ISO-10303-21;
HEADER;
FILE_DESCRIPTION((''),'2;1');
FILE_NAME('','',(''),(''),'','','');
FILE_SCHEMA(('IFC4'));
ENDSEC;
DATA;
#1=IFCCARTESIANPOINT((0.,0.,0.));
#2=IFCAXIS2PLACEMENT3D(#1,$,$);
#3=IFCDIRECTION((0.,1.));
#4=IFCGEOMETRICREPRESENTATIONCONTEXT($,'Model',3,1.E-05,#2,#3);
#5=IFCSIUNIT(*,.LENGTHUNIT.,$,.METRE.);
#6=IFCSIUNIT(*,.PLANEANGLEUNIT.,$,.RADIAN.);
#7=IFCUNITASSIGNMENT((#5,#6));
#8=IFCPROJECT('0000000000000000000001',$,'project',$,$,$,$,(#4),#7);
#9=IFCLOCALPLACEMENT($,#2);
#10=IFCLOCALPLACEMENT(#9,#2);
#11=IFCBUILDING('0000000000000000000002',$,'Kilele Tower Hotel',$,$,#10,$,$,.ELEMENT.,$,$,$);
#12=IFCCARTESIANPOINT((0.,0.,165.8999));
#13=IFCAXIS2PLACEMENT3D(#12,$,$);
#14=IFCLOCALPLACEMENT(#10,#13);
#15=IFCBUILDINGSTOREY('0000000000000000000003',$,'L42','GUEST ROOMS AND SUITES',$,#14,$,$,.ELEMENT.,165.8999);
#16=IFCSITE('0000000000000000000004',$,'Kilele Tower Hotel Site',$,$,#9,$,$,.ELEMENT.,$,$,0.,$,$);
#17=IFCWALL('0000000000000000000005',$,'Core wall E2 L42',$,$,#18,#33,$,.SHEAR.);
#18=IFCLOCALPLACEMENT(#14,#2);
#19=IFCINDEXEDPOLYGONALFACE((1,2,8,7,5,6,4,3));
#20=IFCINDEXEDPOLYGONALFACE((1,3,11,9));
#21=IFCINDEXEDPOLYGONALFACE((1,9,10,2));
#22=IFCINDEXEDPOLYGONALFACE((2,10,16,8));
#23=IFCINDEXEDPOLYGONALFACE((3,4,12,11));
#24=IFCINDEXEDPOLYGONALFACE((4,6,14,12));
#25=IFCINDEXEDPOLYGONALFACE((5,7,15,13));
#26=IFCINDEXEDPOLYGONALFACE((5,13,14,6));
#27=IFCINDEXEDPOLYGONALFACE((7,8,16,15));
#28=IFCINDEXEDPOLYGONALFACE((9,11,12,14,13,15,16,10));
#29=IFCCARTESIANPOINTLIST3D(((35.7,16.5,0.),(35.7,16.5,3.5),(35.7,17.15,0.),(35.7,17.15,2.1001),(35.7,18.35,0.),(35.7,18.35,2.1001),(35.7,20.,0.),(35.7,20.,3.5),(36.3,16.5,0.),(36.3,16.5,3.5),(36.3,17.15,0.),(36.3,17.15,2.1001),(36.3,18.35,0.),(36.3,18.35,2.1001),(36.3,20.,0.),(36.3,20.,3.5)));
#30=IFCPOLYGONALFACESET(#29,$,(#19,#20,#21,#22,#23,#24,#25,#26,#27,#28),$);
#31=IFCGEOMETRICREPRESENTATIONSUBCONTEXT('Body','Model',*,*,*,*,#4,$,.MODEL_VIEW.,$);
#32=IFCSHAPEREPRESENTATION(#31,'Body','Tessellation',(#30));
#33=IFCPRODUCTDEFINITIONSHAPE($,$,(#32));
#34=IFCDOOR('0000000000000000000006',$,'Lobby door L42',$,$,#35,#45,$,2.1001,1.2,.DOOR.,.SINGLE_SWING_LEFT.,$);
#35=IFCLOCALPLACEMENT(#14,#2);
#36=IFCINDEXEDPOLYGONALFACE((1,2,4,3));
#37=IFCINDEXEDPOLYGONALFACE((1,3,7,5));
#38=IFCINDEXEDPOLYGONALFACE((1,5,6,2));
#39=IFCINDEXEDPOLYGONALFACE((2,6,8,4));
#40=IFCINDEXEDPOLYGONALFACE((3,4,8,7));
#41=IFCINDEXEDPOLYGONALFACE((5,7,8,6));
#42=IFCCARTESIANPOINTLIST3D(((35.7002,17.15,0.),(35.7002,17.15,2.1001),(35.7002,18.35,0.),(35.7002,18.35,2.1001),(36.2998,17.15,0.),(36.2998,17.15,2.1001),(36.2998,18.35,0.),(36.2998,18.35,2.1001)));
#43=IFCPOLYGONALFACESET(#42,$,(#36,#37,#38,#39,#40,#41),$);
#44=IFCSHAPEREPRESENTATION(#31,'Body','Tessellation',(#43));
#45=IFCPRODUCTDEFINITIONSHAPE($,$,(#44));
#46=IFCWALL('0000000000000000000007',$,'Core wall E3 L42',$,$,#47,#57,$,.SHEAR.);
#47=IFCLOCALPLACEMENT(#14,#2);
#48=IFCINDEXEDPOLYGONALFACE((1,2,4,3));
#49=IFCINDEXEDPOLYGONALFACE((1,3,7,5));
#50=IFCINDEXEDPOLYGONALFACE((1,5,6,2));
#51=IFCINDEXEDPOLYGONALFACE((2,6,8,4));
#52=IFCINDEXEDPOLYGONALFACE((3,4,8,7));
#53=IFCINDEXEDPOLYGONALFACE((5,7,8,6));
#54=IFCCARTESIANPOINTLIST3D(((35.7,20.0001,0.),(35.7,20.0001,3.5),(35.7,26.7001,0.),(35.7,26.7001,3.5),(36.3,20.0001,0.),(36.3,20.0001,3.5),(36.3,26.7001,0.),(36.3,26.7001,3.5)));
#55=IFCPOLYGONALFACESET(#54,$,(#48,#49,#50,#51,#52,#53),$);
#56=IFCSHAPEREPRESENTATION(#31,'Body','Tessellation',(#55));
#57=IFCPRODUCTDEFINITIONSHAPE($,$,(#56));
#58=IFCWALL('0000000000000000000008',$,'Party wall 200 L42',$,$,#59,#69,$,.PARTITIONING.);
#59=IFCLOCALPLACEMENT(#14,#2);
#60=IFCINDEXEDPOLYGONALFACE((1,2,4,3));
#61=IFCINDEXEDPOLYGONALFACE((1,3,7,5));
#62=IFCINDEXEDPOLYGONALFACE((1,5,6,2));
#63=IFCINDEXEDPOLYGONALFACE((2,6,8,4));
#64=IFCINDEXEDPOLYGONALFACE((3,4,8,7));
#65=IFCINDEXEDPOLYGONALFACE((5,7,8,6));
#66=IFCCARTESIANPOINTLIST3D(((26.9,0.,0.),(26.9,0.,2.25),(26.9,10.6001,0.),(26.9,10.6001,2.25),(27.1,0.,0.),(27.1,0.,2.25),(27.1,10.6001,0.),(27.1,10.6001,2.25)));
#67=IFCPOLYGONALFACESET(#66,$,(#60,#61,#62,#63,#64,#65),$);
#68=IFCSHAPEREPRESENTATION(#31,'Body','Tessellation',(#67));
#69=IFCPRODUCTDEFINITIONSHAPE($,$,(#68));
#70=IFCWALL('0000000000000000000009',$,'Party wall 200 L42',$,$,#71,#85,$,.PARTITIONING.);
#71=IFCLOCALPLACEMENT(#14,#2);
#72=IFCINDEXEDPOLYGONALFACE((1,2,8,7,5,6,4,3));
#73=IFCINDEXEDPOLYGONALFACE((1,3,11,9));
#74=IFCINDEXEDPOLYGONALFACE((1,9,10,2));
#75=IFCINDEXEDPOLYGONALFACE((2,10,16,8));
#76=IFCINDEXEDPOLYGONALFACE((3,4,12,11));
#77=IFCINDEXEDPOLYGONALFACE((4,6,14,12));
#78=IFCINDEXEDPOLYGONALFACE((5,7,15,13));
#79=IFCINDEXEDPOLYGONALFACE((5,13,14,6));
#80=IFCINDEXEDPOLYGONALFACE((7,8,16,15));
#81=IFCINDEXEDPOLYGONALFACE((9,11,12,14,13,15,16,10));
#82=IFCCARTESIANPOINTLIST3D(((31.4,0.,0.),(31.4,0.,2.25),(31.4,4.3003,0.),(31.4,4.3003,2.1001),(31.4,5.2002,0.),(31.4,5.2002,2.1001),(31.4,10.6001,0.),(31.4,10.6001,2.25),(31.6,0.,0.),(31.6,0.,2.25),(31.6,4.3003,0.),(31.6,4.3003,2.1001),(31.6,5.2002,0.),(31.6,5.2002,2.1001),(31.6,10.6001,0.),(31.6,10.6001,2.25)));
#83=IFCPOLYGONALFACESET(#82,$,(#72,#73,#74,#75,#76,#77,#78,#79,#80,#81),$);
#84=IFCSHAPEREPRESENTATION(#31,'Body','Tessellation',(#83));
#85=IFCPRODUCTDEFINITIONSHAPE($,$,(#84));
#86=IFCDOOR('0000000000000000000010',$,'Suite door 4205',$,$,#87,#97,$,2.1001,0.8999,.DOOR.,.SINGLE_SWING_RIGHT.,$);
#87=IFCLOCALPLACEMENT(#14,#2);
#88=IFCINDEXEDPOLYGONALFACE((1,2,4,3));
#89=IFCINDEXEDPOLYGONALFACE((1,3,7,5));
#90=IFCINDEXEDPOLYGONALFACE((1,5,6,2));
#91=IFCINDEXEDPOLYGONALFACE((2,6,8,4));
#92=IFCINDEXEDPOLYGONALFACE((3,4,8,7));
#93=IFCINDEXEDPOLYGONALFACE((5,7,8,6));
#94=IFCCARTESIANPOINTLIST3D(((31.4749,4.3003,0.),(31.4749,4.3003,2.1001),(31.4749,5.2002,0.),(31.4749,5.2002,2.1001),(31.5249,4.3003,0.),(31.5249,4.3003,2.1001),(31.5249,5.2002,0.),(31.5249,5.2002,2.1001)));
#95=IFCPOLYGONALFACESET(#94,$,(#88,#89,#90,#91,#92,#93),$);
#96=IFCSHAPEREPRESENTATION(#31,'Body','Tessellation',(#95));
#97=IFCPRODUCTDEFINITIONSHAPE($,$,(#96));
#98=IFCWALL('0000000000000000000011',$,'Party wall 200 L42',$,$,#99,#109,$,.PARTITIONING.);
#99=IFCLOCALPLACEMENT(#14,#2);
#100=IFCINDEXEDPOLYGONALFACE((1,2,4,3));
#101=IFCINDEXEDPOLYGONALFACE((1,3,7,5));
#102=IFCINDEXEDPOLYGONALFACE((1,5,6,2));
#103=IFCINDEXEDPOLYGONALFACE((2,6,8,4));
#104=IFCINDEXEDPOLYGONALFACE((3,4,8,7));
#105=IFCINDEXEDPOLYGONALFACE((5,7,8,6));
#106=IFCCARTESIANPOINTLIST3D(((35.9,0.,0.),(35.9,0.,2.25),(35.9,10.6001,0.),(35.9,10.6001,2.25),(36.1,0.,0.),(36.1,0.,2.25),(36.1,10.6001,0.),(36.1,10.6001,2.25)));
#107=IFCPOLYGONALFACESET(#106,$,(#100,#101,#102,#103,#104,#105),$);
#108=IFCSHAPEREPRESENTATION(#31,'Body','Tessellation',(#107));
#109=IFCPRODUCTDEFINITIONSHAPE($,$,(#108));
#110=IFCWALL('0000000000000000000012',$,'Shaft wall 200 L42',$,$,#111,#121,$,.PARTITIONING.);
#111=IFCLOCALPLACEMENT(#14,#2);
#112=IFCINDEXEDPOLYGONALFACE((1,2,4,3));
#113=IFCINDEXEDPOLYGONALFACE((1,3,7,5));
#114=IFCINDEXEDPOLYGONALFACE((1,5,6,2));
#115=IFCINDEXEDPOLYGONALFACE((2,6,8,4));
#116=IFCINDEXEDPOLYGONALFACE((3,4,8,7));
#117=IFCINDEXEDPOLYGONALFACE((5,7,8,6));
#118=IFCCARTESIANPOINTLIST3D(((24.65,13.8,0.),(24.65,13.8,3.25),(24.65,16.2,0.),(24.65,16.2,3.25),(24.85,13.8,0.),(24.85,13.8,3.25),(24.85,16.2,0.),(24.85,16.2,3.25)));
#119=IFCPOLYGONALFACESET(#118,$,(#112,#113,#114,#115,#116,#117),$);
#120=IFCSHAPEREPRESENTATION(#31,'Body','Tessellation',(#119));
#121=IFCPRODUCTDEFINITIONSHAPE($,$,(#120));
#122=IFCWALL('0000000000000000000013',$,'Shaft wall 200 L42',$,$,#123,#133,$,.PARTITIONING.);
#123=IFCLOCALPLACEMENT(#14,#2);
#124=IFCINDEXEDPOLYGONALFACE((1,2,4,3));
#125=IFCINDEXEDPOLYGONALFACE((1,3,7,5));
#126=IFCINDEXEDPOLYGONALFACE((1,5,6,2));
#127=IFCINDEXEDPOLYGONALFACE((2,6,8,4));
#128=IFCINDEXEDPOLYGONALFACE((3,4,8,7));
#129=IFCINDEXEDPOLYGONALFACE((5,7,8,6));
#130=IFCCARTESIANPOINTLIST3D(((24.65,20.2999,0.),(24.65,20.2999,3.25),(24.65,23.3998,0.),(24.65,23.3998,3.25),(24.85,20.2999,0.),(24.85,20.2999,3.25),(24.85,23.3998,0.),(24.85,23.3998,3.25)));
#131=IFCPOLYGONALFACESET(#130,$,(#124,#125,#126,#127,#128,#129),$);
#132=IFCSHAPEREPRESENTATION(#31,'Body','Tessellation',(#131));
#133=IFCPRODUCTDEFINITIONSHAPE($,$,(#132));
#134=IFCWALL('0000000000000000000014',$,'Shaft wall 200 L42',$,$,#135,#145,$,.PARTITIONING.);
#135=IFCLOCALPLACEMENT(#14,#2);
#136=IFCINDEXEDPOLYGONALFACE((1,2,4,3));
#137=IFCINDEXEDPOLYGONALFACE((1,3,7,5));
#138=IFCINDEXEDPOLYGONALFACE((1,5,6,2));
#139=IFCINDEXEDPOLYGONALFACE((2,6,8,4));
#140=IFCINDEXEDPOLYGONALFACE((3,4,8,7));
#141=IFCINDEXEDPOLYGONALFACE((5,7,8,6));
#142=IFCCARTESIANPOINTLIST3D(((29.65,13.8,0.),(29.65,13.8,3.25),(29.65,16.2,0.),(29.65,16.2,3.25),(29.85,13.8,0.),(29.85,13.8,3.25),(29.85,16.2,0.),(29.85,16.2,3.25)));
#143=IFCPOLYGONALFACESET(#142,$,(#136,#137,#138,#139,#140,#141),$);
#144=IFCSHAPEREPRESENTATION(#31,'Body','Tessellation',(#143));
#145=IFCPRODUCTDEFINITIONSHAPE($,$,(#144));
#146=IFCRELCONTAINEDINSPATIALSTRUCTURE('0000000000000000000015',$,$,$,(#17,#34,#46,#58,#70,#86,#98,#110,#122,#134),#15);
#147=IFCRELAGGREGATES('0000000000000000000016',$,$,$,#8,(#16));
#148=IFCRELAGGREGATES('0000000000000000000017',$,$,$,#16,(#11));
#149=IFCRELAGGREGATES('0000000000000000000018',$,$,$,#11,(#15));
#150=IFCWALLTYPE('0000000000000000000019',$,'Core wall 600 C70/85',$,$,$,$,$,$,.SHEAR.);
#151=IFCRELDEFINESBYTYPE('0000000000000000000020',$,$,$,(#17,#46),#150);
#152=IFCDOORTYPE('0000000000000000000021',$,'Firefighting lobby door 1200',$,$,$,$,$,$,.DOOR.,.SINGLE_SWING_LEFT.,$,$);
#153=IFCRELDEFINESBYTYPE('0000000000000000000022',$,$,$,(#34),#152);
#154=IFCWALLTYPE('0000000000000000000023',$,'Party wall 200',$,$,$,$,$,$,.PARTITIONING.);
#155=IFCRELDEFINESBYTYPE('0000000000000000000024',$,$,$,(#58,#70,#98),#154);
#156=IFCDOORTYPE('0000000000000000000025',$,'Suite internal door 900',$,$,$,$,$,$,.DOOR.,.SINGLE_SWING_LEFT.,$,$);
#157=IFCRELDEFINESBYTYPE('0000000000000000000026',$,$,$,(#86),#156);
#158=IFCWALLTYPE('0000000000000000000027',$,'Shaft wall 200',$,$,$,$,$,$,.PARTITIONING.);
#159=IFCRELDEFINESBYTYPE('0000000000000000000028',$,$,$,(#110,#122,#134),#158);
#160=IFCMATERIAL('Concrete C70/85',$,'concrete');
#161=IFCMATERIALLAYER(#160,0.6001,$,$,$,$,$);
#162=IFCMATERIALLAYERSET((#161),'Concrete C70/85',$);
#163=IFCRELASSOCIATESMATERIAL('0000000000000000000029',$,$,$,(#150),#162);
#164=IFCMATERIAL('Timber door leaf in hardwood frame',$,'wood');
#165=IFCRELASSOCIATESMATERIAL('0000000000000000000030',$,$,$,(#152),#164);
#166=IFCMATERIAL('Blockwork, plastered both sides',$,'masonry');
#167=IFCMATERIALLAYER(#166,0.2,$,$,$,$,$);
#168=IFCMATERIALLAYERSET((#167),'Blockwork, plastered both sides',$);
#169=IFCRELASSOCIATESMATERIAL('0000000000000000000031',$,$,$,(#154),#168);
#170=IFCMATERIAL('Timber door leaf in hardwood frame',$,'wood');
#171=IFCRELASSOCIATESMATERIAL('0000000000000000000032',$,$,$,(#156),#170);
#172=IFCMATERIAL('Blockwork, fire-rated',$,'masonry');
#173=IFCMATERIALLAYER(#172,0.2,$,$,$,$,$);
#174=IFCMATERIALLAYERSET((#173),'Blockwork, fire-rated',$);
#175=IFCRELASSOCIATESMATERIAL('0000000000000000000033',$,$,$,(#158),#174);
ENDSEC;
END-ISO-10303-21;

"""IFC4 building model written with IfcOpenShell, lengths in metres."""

from ifc_helpers import new_model, si_unit, direction, frame, frame_2d, origin, place, context, subcontext, project, spatial, rectangle, extrude, material, layer, layer_set, type_object, element, fill, save


model = new_model("IFC4")

# Units and contexts
model_context = context("Model", 3, precision=1e-05, world=origin(), true_north=direction((0.0, 1.0)))
body_context = subcontext(model_context, "Body", "Model", "MODEL_VIEW")
ifc_project = project(units=[si_unit("LENGTHUNIT", "METRE"), si_unit("PLANEANGLEUNIT", "RADIAN")], contexts=[model_context])

# Site, building, storey
site_placement = place(None, origin())
site = spatial("IfcSite", under=ifc_project, at=site_placement, Name="Kilele Tower Hotel Site", CompositionType="ELEMENT", RefElevation=0.0)
building_placement = place(site_placement, origin())
building = spatial("IfcBuilding", under=site, at=building_placement, Name="Kilele Tower Hotel", CompositionType="ELEMENT")
storey_placement = place(building_placement, frame((0.0, 0.0, 165.8999)))
storey = spatial("IfcBuildingStorey", under=building, at=storey_placement, Name="L42", Description="GUEST ROOMS AND SUITES", CompositionType="ELEMENT", Elevation=165.8999)

# Shared definitions
ifc_material_1 = material(Name="Concrete C70/85", Category="concrete")
ifc_layer_1 = layer(ifc_material_1, 0.6001)
ifc_layer_set_1 = layer_set([ifc_layer_1], Name="Concrete C70/85")
wall_type_1 = type_object("IfcWallType", Name="Core wall 600 C70/85", PredefinedType="SHEAR", material=ifc_layer_set_1)
ifc_material_2 = material(Name="Timber door leaf in hardwood frame", Category="wood")
door_type_1 = type_object("IfcDoorType", Name="Firefighting lobby door 1200", OperationType="SINGLE_SWING_LEFT", PredefinedType="DOOR", material=ifc_material_2)

# Wall, opening, door
wall_1_placement = place(storey_placement, frame((36.0, 16.5, 0.0), z_axis=(0.0, 0.0, 1.0), x_axis=(0.0, 1.0, 0.0)))
wall_1 = element("IfcWall", 1, at=wall_1_placement, inside=storey, type_object=wall_type_1, Name="Core wall E2 L42", PredefinedType="SHEAR", context=body_context, shape_type="SweptSolid", body=[
    extrude(rectangle(XDim=3.5, YDim=0.6001, at=frame_2d((1.75, 0.0))), origin(), (0.0, 0.0, 1.0), 3.5),
])
opening_1_placement = place(wall_1_placement, frame((0.6499, 0.0, 0.0)))
opening_1 = element("IfcOpeningElement", 2, at=opening_1_placement, cuts=wall_1, PredefinedType="OPENING", context=body_context, shape_type="SweptSolid", body=[
    extrude(rectangle(XDim=1.2, YDim=2.1001, at=frame_2d((0.6001, 1.05))), frame((0.0, 0.3101, 0.0), z_axis=(0.0, -1.0, 0.0), x_axis=(1.0, 0.0, 0.0)), (0.0, 0.0, 1.0), 0.6201),
])
door_1_placement = place(opening_1_placement, origin())
door_1 = element("IfcDoor", 3, at=door_1_placement, inside=storey, type_object=door_type_1, Name="Lobby door L42", OperationType="SINGLE_SWING_LEFT", OverallHeight=2.1001, OverallWidth=1.2, PredefinedType="DOOR", context=body_context, shape_type="SweptSolid", body=[
    extrude(rectangle(XDim=1.2, YDim=2.1001, at=frame_2d((0.6001, 1.05))), frame((0.0, 0.2998, 0.0), z_axis=(0.0, -1.0, 0.0), x_axis=(1.0, 0.0, 0.0)), (0.0, 0.0, 1.0), 0.5996),
])
fill(opening_1, door_1)

# Walls
wall_2_placement = place(storey_placement, frame((36.0, 20.0, 0.0), z_axis=(0.0, 0.0, 1.0), x_axis=(0.0, 1.0, 0.0)))
element("IfcWall", 4, at=wall_2_placement, inside=storey, type_object=wall_type_1, Name="Core wall E3 L42", PredefinedType="SHEAR", context=body_context, shape_type="SweptSolid", body=[
    extrude(rectangle(XDim=6.7, YDim=0.6001, at=frame_2d((3.3501, 0.0))), origin(), (0.0, 0.0, 1.0), 3.5),
])
ifc_material_3 = material(Name="Blockwork, plastered both sides", Category="masonry")
ifc_layer_2 = layer(ifc_material_3, 0.2)
ifc_layer_set_2 = layer_set([ifc_layer_2], Name="Blockwork, plastered both sides")
wall_type_2 = type_object("IfcWallType", Name="Party wall 200", PredefinedType="PARTITIONING", material=ifc_layer_set_2)
wall_3_placement = place(storey_placement, frame((27.0, 10.6001, 0.0), z_axis=(0.0, 0.0, 1.0), x_axis=(0.0, -1.0, 0.0)))
element("IfcWall", 5, at=wall_3_placement, inside=storey, type_object=wall_type_2, Name="Party wall 200 L42", PredefinedType="PARTITIONING", context=body_context, shape_type="SweptSolid", body=[
    extrude(rectangle(XDim=10.6001, YDim=0.2, at=frame_2d((5.3, 0.0))), origin(), (0.0, 0.0, 1.0), 2.25),
])

# Wall, opening, door
wall_4_placement = place(storey_placement, frame((31.5, 10.6001, 0.0), z_axis=(0.0, 0.0, 1.0), x_axis=(0.0, -1.0, 0.0)))
wall_4 = element("IfcWall", 6, at=wall_4_placement, inside=storey, type_object=wall_type_2, Name="Party wall 200 L42", PredefinedType="PARTITIONING", context=body_context, shape_type="SweptSolid", body=[
    extrude(rectangle(XDim=10.6001, YDim=0.2, at=frame_2d((5.3, 0.0))), origin(), (0.0, 0.0, 1.0), 2.25),
])
opening_2_placement = place(wall_4_placement, frame((5.3999, 0.0, 0.0)))
opening_2 = element("IfcOpeningElement", 7, at=opening_2_placement, cuts=wall_4, PredefinedType="OPENING", context=body_context, shape_type="SweptSolid", body=[
    extrude(rectangle(XDim=0.8999, YDim=2.1001, at=frame_2d((0.45, 1.05))), frame((0.0, 0.1099, 0.0), z_axis=(0.0, -1.0, 0.0), x_axis=(1.0, 0.0, 0.0)), (0.0, 0.0, 1.0), 0.22),
])
ifc_material_4 = material(Name="Timber door leaf in hardwood frame", Category="wood")
door_type_2 = type_object("IfcDoorType", Name="Suite internal door 900", OperationType="SINGLE_SWING_LEFT", PredefinedType="DOOR", material=ifc_material_4)
door_2_placement = place(opening_2_placement, origin())
door_2 = element("IfcDoor", 8, at=door_2_placement, inside=storey, type_object=door_type_2, Name="Suite door 4205", OperationType="SINGLE_SWING_RIGHT", OverallHeight=2.1001, OverallWidth=0.8999, PredefinedType="DOOR", context=body_context, shape_type="SweptSolid", body=[
    extrude(rectangle(XDim=0.8999, YDim=2.1001, at=frame_2d((0.45, 1.05))), frame((0.0, 0.0249, 0.0), z_axis=(0.0, -1.0, 0.0), x_axis=(1.0, 0.0, 0.0)), (0.0, 0.0, 1.0), 0.05),
])
fill(opening_2, door_2)

# Walls
wall_5_placement = place(storey_placement, frame((36.0, 10.6001, 0.0), z_axis=(0.0, 0.0, 1.0), x_axis=(0.0, -1.0, 0.0)))
element("IfcWall", 9, at=wall_5_placement, inside=storey, type_object=wall_type_2, Name="Party wall 200 L42", PredefinedType="PARTITIONING", context=body_context, shape_type="SweptSolid", body=[
    extrude(rectangle(XDim=10.6001, YDim=0.2, at=frame_2d((5.3, 0.0))), origin(), (0.0, 0.0, 1.0), 2.25),
])
ifc_material_5 = material(Name="Blockwork, fire-rated", Category="masonry")
ifc_layer_3 = layer(ifc_material_5, 0.2)
ifc_layer_set_3 = layer_set([ifc_layer_3], Name="Blockwork, fire-rated")
wall_type_3 = type_object("IfcWallType", Name="Shaft wall 200", PredefinedType="PARTITIONING", material=ifc_layer_set_3)
wall_6_placement = place(storey_placement, frame((24.75, 13.8, 0.0), z_axis=(0.0, 0.0, 1.0), x_axis=(0.0, 1.0, 0.0)))
element("IfcWall", 10, at=wall_6_placement, inside=storey, type_object=wall_type_3, Name="Shaft wall 200 L42", PredefinedType="PARTITIONING", context=body_context, shape_type="SweptSolid", body=[
    extrude(rectangle(XDim=2.3999, YDim=0.2, at=frame_2d((1.2, 0.0))), origin(), (0.0, 0.0, 1.0), 3.25),
])
wall_7_placement = place(storey_placement, frame((24.75, 20.3, 0.0), z_axis=(0.0, 0.0, 1.0), x_axis=(0.0, 1.0, 0.0)))
element("IfcWall", 11, at=wall_7_placement, inside=storey, type_object=wall_type_3, Name="Shaft wall 200 L42", PredefinedType="PARTITIONING", context=body_context, shape_type="SweptSolid", body=[
    extrude(rectangle(XDim=3.0999, YDim=0.2, at=frame_2d((1.5498, 0.0))), origin(), (0.0, 0.0, 1.0), 3.25),
])
wall_8_placement = place(storey_placement, frame((29.75, 13.8, 0.0), z_axis=(0.0, 0.0, 1.0), x_axis=(0.0, 1.0, 0.0)))
element("IfcWall", 12, at=wall_8_placement, inside=storey, type_object=wall_type_3, Name="Shaft wall 200 L42", PredefinedType="PARTITIONING", context=body_context, shape_type="SweptSolid", body=[
    extrude(rectangle(XDim=2.3999, YDim=0.2, at=frame_2d((1.2, 0.0))), origin(), (0.0, 0.0, 1.0), 3.25),
])

save(model, "model.ifc")
